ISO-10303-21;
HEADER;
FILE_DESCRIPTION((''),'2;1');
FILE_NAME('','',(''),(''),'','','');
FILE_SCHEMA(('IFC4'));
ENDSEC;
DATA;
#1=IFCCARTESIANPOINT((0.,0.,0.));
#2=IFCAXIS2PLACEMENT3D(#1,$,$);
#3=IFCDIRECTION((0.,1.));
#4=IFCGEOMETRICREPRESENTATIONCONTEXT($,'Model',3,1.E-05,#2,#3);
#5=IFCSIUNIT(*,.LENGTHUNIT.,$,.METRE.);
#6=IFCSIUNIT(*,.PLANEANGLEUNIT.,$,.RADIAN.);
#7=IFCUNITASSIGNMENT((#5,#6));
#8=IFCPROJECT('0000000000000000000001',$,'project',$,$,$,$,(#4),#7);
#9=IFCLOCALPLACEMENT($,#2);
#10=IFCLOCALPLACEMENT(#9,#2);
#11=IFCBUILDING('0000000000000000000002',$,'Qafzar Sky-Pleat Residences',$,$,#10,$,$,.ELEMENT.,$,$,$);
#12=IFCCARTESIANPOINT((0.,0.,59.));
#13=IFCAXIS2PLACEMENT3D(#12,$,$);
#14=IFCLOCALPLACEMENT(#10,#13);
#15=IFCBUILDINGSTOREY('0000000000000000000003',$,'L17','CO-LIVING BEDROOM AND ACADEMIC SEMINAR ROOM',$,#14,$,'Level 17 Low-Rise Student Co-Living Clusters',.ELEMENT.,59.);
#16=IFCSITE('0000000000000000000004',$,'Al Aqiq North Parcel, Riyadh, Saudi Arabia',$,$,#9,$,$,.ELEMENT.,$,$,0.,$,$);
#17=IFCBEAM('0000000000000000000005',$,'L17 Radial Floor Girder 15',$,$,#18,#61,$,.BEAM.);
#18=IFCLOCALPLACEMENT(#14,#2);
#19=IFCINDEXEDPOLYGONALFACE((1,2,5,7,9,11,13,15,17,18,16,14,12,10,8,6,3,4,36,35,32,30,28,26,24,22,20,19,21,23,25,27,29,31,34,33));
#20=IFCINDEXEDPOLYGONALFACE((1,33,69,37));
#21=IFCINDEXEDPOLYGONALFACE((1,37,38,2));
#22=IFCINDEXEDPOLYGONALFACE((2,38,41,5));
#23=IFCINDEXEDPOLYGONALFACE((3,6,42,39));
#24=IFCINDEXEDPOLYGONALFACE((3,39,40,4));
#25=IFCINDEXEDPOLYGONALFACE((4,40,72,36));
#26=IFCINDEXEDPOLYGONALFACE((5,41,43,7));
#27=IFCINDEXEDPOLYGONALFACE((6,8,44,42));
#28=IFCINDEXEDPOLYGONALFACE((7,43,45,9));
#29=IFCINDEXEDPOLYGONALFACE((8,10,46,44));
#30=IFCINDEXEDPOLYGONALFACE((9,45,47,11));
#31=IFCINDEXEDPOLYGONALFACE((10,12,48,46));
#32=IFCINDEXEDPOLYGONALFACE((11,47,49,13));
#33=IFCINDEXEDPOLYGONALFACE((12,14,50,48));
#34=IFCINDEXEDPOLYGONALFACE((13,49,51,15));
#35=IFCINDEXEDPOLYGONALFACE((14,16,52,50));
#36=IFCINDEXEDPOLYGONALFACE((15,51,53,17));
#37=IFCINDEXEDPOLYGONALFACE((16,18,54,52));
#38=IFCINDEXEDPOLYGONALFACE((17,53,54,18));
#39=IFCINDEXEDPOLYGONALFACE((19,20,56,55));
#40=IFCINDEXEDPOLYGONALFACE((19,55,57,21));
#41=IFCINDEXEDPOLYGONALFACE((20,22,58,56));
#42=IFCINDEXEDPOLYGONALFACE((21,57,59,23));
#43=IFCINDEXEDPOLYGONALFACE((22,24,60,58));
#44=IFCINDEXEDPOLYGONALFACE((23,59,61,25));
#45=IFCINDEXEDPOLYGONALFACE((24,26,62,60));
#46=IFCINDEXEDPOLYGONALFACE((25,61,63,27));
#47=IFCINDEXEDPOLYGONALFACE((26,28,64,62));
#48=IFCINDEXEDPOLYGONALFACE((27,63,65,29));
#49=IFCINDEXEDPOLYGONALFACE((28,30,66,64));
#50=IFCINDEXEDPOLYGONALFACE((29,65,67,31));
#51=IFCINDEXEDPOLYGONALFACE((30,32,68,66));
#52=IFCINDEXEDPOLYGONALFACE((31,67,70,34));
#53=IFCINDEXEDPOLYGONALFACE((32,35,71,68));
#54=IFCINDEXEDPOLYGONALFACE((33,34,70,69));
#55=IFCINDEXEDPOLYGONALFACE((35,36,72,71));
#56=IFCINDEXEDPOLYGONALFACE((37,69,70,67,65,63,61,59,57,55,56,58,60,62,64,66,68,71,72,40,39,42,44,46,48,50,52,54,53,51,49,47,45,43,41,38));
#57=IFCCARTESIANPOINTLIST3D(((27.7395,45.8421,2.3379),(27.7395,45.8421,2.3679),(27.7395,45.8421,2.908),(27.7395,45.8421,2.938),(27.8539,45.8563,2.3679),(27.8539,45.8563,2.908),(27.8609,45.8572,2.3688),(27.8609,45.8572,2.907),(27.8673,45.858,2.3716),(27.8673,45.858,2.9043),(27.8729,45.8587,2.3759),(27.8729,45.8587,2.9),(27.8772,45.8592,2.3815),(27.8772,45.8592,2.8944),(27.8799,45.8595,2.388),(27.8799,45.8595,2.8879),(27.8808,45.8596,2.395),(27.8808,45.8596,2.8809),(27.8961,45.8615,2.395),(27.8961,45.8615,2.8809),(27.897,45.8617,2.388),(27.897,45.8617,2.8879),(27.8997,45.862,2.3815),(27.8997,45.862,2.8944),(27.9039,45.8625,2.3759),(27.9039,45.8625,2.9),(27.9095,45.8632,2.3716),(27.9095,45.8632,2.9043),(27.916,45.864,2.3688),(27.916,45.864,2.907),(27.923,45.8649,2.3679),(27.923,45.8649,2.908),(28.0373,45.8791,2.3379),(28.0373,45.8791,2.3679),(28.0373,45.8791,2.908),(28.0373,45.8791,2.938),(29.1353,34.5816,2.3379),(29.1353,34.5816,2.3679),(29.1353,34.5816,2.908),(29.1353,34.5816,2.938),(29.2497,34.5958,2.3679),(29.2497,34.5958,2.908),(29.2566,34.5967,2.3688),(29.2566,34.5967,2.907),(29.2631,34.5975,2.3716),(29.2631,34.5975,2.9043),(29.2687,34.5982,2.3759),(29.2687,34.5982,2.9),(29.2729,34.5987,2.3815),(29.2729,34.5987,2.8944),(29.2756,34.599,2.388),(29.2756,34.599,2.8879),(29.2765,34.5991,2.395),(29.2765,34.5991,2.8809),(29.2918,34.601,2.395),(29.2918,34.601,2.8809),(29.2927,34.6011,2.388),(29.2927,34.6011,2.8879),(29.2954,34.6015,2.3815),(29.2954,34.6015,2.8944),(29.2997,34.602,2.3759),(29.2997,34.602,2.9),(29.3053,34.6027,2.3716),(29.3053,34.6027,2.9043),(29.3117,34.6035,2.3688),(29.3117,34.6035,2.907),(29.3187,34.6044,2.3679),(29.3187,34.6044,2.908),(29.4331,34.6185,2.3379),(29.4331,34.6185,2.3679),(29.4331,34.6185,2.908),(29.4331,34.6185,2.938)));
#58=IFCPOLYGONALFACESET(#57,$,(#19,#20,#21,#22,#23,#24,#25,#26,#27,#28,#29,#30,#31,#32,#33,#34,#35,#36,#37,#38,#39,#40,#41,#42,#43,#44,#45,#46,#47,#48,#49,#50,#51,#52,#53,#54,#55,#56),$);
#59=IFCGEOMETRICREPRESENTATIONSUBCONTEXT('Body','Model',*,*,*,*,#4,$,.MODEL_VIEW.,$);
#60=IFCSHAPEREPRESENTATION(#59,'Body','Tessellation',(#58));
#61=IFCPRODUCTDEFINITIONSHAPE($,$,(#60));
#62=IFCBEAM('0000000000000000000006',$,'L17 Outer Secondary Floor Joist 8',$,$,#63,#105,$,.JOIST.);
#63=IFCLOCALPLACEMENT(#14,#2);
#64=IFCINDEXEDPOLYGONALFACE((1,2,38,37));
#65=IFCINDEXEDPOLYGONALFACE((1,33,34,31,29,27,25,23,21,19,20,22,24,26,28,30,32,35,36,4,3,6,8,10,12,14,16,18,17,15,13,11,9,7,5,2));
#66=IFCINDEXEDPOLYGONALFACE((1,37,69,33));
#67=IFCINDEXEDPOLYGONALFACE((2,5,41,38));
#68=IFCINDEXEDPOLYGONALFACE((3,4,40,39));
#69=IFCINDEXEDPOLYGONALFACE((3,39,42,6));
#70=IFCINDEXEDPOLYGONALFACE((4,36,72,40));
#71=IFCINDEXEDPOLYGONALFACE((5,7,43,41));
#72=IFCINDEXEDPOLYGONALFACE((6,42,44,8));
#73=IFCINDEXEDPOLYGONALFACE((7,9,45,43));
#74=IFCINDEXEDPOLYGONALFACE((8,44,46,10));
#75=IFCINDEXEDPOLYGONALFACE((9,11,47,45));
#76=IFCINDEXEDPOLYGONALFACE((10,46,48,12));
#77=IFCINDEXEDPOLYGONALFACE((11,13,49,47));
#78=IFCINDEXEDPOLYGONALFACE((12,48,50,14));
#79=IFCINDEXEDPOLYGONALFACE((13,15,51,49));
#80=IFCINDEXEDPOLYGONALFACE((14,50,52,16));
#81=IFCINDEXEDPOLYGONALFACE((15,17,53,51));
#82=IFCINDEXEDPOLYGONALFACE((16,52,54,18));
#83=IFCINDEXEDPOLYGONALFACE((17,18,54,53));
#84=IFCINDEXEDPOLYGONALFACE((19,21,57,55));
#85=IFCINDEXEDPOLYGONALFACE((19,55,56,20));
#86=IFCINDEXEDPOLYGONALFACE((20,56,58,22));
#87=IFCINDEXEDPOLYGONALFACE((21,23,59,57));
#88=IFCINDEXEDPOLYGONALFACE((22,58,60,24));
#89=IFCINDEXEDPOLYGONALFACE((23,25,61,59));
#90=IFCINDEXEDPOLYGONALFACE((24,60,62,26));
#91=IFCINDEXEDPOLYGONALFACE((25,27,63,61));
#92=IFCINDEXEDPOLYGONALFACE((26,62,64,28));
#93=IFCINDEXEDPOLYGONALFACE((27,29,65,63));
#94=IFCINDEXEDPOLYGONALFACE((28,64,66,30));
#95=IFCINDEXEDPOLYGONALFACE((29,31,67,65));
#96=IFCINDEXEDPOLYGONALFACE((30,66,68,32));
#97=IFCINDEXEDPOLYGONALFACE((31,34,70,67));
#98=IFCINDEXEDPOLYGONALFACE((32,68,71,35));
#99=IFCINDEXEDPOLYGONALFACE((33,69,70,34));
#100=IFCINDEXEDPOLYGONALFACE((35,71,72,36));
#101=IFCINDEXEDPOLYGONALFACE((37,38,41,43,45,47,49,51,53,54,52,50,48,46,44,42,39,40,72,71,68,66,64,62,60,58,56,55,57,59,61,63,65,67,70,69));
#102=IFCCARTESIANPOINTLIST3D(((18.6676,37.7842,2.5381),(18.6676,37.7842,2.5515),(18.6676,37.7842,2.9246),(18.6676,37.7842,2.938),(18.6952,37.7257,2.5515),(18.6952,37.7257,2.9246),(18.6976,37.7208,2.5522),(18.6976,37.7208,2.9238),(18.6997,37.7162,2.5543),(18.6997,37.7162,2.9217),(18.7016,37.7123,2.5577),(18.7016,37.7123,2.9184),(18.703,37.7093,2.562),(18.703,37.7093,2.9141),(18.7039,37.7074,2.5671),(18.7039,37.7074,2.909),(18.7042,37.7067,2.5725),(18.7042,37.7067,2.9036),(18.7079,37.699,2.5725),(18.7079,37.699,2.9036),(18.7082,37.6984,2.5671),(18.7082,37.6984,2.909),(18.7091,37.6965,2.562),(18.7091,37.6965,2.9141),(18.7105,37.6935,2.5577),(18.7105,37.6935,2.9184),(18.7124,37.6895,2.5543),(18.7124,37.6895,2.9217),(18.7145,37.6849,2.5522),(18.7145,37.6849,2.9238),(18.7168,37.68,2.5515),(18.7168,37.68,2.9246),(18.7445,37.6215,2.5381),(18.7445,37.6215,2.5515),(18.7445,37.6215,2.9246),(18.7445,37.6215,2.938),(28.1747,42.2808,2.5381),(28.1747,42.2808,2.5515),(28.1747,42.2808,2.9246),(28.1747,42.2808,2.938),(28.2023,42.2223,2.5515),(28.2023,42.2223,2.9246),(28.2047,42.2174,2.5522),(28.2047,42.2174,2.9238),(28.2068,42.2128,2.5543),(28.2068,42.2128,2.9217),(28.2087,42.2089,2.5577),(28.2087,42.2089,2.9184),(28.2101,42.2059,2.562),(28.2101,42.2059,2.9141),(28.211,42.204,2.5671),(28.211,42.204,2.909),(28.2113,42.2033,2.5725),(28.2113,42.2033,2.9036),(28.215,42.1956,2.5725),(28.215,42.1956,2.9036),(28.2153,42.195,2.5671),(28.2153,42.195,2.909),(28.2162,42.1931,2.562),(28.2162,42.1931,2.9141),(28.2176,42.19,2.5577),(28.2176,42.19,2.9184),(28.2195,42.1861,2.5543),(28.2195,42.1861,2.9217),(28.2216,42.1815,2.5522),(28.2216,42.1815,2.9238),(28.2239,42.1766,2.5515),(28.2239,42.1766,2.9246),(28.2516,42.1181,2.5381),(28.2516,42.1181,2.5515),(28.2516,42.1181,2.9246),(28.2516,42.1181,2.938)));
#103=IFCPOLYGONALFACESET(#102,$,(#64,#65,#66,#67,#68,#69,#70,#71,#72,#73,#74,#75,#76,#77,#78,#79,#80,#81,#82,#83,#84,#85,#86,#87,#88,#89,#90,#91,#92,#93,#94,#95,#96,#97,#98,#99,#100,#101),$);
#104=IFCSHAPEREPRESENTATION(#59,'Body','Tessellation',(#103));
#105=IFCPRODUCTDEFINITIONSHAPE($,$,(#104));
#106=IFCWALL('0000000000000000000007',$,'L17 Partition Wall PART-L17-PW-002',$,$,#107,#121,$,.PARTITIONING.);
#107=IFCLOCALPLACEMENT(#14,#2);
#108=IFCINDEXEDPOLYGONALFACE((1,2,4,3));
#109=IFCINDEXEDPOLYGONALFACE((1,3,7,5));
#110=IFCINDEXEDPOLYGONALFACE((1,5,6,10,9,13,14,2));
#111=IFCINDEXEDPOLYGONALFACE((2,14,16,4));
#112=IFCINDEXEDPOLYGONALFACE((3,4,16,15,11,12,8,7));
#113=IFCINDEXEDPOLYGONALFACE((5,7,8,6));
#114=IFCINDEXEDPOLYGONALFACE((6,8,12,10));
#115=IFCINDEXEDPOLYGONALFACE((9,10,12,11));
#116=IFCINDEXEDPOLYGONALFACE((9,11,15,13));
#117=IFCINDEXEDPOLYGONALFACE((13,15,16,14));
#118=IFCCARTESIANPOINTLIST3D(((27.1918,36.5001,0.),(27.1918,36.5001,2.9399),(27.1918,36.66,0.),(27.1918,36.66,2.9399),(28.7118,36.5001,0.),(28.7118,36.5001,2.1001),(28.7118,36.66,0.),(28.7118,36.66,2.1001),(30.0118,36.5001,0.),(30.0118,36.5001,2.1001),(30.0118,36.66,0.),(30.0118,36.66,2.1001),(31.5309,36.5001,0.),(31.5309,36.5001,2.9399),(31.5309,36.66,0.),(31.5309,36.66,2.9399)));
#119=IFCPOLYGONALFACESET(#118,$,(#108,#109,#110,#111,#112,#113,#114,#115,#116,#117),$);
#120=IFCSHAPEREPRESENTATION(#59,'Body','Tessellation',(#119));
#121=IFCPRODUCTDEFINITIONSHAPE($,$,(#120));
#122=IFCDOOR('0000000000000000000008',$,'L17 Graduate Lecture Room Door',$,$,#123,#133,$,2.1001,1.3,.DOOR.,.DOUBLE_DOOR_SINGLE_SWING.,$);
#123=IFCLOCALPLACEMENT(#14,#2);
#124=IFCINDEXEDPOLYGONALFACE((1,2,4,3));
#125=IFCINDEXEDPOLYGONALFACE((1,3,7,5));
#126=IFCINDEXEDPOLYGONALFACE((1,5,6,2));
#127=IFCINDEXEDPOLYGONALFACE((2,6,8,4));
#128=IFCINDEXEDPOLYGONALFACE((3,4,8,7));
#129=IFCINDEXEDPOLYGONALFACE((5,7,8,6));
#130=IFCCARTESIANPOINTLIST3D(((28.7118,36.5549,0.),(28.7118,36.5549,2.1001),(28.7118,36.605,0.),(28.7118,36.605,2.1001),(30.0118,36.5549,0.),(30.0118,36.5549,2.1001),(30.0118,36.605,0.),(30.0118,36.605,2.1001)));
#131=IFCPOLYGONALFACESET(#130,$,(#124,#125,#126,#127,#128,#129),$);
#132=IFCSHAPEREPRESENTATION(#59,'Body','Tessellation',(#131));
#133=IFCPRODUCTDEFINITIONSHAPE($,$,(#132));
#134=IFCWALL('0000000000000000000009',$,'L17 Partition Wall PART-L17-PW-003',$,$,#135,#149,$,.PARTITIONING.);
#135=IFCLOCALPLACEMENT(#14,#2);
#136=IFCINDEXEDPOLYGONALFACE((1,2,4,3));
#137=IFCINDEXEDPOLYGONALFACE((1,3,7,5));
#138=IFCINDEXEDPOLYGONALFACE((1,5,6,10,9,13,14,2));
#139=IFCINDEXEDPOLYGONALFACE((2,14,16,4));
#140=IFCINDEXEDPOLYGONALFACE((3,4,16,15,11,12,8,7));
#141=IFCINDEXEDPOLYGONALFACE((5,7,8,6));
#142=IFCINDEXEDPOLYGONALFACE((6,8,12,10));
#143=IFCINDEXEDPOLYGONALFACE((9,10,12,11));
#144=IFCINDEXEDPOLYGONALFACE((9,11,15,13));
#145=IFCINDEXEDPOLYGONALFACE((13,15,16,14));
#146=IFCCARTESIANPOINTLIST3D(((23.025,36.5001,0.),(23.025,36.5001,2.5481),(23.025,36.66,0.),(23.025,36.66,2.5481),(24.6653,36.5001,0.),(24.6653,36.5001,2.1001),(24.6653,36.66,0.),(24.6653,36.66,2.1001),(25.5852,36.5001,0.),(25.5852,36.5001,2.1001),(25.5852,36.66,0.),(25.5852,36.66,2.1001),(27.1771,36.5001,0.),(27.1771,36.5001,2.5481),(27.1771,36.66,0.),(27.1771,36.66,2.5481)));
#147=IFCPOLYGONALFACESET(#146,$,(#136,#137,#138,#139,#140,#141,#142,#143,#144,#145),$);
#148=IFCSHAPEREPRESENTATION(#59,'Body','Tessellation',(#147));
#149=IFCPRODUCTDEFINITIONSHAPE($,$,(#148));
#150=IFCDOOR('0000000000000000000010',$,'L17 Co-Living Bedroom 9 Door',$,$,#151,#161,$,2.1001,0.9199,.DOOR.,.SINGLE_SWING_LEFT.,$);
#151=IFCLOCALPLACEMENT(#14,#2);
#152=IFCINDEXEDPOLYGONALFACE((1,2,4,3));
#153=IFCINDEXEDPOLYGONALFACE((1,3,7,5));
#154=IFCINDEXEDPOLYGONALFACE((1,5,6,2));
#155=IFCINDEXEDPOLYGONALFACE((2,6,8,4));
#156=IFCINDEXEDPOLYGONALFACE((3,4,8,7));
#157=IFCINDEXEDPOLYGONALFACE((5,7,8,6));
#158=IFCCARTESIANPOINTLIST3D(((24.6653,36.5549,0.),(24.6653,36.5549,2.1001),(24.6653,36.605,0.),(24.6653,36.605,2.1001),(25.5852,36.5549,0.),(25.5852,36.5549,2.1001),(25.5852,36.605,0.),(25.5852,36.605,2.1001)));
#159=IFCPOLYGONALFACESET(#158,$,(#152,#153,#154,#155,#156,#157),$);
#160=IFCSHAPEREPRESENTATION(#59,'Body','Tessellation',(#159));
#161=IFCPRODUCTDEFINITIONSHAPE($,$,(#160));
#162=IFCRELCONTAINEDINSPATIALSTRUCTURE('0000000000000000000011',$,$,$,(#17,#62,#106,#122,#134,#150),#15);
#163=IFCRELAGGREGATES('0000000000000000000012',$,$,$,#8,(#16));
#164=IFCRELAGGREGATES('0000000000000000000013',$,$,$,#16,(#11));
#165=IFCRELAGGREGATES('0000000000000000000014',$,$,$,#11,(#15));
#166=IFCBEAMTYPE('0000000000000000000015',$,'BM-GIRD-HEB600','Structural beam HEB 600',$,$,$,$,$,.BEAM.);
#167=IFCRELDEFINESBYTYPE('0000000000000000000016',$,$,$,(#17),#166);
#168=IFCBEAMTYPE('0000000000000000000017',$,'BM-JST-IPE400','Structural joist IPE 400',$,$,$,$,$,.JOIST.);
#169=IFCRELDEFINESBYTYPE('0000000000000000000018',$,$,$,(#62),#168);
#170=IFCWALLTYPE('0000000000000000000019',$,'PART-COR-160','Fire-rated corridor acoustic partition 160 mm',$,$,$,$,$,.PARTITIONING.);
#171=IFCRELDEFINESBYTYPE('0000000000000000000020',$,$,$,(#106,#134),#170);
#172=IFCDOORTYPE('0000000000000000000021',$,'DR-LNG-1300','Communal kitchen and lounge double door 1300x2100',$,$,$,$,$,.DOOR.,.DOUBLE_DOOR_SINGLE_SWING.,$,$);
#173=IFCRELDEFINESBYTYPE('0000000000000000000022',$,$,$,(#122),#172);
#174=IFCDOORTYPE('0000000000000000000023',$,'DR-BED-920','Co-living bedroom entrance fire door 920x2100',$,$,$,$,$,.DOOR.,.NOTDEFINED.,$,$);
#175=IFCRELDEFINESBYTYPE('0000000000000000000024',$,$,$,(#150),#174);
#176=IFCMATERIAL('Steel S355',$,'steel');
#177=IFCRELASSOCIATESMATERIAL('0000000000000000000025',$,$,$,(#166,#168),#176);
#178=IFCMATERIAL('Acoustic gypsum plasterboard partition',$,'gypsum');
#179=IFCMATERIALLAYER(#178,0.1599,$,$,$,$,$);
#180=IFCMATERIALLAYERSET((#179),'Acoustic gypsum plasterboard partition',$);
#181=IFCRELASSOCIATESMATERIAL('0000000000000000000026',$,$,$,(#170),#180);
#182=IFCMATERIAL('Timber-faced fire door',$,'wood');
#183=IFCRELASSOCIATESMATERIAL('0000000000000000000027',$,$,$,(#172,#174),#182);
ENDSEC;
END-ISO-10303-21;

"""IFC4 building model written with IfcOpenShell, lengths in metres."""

from ifc_helpers import new_model, si_unit, direction, frame, frame_2d, origin, origin_2d, place, context, subcontext, project, spatial, rectangle, i_section, extrude, source, transform, mapped, material, layer, layer_set, material_profile, profile_set, type_object, element, fill, save


model = new_model("IFC4")

# Units and contexts
model_context = context("Model", 3, precision=1e-05, world=origin(), true_north=direction((0.0, 1.0)))
body_context = subcontext(model_context, "Body", "Model", "MODEL_VIEW")
ifc_project = project(units=[si_unit("LENGTHUNIT", "METRE"), si_unit("PLANEANGLEUNIT", "RADIAN")], contexts=[model_context])

# Site, building, storey
site_placement = place(None, origin())
site = spatial("IfcSite", under=ifc_project, at=site_placement, Name="Al Aqiq North Parcel, Riyadh, Saudi Arabia", CompositionType="ELEMENT", RefElevation=0.0)
building_placement = place(site_placement, origin())
building = spatial("IfcBuilding", under=site, at=building_placement, Name="Qafzar Sky-Pleat Residences", CompositionType="ELEMENT")
storey_placement = place(building_placement, frame((0.0, 0.0, 59.0)))
storey = spatial("IfcBuildingStorey", under=building, at=storey_placement, Name="L17", Description="CO-LIVING BEDROOM AND ACADEMIC SEMINAR ROOM", LongName="Level 17 Low-Rise Student Co-Living Clusters", CompositionType="ELEMENT", Elevation=59.0)

# Beams
ifc_material_1 = material(Name="Steel S355", Category="steel")
ifc_material_profile_1 = material_profile(ifc_material_1, i_section(OverallWidth=0.3, OverallDepth=0.6001, WebThickness=0.0154, FlangeThickness=0.03, FilletRadius=0.0271, at=origin_2d()), Name="HEB 600")
ifc_profile_set_1 = profile_set([ifc_material_profile_1], Name="Steel S355")
beam_type_1 = type_object("IfcBeamType", Name="BM-GIRD-HEB600", Description="Structural beam HEB 600", PredefinedType="BEAM", material=ifc_profile_set_1)
shared_shape_1 = source(origin(), body_context, "Body", "SweptSolid", [
    extrude(i_section(OverallWidth=0.3, OverallDepth=0.6001, WebThickness=0.0154, FlangeThickness=0.03, FilletRadius=0.0271, at=origin_2d()), origin(), (0.0, 0.0, 1.0), 11.3467),
])
beam_1_placement = place(storey_placement, frame((27.8884, 45.8606, 2.6379), z_axis=(0.12301, -0.992405, 0.0), x_axis=(0.992405, 0.12301, 0.0)))
element("IfcBeam", 1, at=beam_1_placement, inside=storey, type_object=beam_type_1, Name="L17 Radial Floor Girder 15", PredefinedType="BEAM", context=body_context, shape_type="MappedRepresentation", body=[
    mapped(shared_shape_1, transform((0.0, 0.0, 0.0), x_axis=(1.0, 0.0, 0.0), y_axis=(0.0, 1.0, 0.0), z_axis=(0.0, 0.0, 1.0), scale=1.0)),
])
ifc_material_profile_2 = material_profile(ifc_material_1, i_section(OverallWidth=0.1799, OverallDepth=0.3999, WebThickness=0.0085, FlangeThickness=0.0134, FilletRadius=0.021, at=origin_2d()), Name="IPE 400")
ifc_profile_set_2 = profile_set([ifc_material_profile_2], Name="Steel S355")
beam_type_2 = type_object("IfcBeamType", Name="BM-JST-IPE400", Description="Structural joist IPE 400", PredefinedType="JOIST", material=ifc_profile_set_2)
shared_shape_2 = source(origin(), body_context, "Body", "SweptSolid", [
    extrude(i_section(OverallWidth=0.1799, OverallDepth=0.3999, WebThickness=0.0085, FlangeThickness=0.0134, FilletRadius=0.021, at=origin_2d()), origin(), (0.0, 0.0, 1.0), 10.5168),
])
beam_2_placement = place(storey_placement, frame((28.2131, 42.1995, 2.738), z_axis=(-0.903987, -0.42756, 0.0), x_axis=(0.42756, -0.903987, 0.0)))
element("IfcBeam", 2, at=beam_2_placement, inside=storey, type_object=beam_type_2, Name="L17 Outer Secondary Floor Joist 8", PredefinedType="JOIST", context=body_context, shape_type="MappedRepresentation", body=[
    mapped(shared_shape_2, transform((0.0, 0.0, 0.0), x_axis=(1.0, 0.0, 0.0), y_axis=(0.0, 1.0, 0.0), z_axis=(0.0, 0.0, 1.0), scale=1.0)),
])

# Walls, openings, doors
ifc_material_2 = material(Name="Acoustic gypsum plasterboard partition", Category="gypsum")
ifc_layer_1 = layer(ifc_material_2, 0.1599)
ifc_layer_set_1 = layer_set([ifc_layer_1], Name="Acoustic gypsum plasterboard partition")
wall_type_1 = type_object("IfcWallType", Name="PART-COR-160", Description="Fire-rated corridor acoustic partition 160 mm", PredefinedType="PARTITIONING", material=ifc_layer_set_1)
wall_1_placement = place(storey_placement, frame((27.1919, 36.5801, 0.0), z_axis=(0.0, 0.0, 1.0), x_axis=(1.0, 0.0, 0.0)))
wall_1 = element("IfcWall", 3, at=wall_1_placement, inside=storey, type_object=wall_type_1, Name="L17 Partition Wall PART-L17-PW-002", PredefinedType="PARTITIONING", context=body_context, shape_type="SweptSolid", body=[
    extrude(rectangle(XDim=4.3391, YDim=0.1599, at=frame_2d((2.1694, 0.0))), origin(), (0.0, 0.0, 1.0), 2.9399),
])
opening_1_placement = place(wall_1_placement, frame((1.52, 0.0, 0.0)))
opening_1 = element("IfcOpeningElement", 4, at=opening_1_placement, cuts=wall_1, PredefinedType="OPENING", context=body_context, shape_type="SweptSolid", body=[
    extrude(rectangle(XDim=1.3, YDim=2.1001, at=frame_2d((0.6499, 1.05))), frame((0.0, 0.0898, 0.0), z_axis=(0.0, -1.0, 0.0), x_axis=(1.0, 0.0, 0.0)), (0.0, 0.0, 1.0), 0.1799),
])
ifc_material_3 = material(Name="Timber-faced fire door", Category="wood")
door_type_1 = type_object("IfcDoorType", Name="DR-LNG-1300", Description="Communal kitchen and lounge double door 1300x2100", OperationType="DOUBLE_DOOR_SINGLE_SWING", PredefinedType="DOOR", material=ifc_material_3)
shared_shape_3 = source(origin(), body_context, "Body", "SweptSolid", [
    extrude(rectangle(XDim=1.3, YDim=2.1001, at=frame_2d((0.6499, 1.05))), frame((0.0, 0.0249, 0.0), z_axis=(0.0, -1.0, 0.0), x_axis=(1.0, 0.0, 0.0)), (0.0, 0.0, 1.0), 0.05),
])
door_1_placement = place(opening_1_placement, origin())
door_1 = element("IfcDoor", 5, at=door_1_placement, inside=storey, type_object=door_type_1, Name="L17 Graduate Lecture Room Door", OperationType="DOUBLE_DOOR_SINGLE_SWING", OverallHeight=2.1001, OverallWidth=1.3, PredefinedType="DOOR", context=body_context, shape_type="MappedRepresentation", body=[
    mapped(shared_shape_3, transform((0.0, 0.0, 0.0), x_axis=(1.0, 0.0, 0.0), y_axis=(0.0, 1.0, 0.0), z_axis=(0.0, 0.0, 1.0), scale=1.0)),
])
fill(opening_1, door_1)
wall_2_placement = place(storey_placement, frame((23.0249, 36.5801, 0.0), z_axis=(0.0, 0.0, 1.0), x_axis=(1.0, 0.0, 0.0)))
wall_2 = element("IfcWall", 6, at=wall_2_placement, inside=storey, type_object=wall_type_1, Name="L17 Partition Wall PART-L17-PW-003", PredefinedType="PARTITIONING", context=body_context, shape_type="SweptSolid", body=[
    extrude(rectangle(XDim=4.1521, YDim=0.1599, at=frame_2d((2.0762, 0.0))), origin(), (0.0, 0.0, 1.0), 2.5481),
])
opening_2_placement = place(wall_2_placement, frame((1.6404, 0.0, 0.0)))
opening_2 = element("IfcOpeningElement", 7, at=opening_2_placement, cuts=wall_2, PredefinedType="OPENING", context=body_context, shape_type="SweptSolid", body=[
    extrude(rectangle(XDim=0.9199, YDim=2.1001, at=frame_2d((0.46, 1.05))), frame((0.0, 0.0898, 0.0), z_axis=(0.0, -1.0, 0.0), x_axis=(1.0, 0.0, 0.0)), (0.0, 0.0, 1.0), 0.1799),
])
door_type_2 = type_object("IfcDoorType", Name="DR-BED-920", Description="Co-living bedroom entrance fire door 920x2100", OperationType="NOTDEFINED", PredefinedType="DOOR", material=ifc_material_3)
shared_shape_4 = source(origin(), body_context, "Body", "SweptSolid", [
    extrude(rectangle(XDim=0.9199, YDim=2.1001, at=frame_2d((0.46, 1.05))), frame((0.0, 0.0249, 0.0), z_axis=(0.0, -1.0, 0.0), x_axis=(1.0, 0.0, 0.0)), (0.0, 0.0, 1.0), 0.05),
])
door_2_placement = place(opening_2_placement, origin())
door_2 = element("IfcDoor", 8, at=door_2_placement, inside=storey, type_object=door_type_2, Name="L17 Co-Living Bedroom 9 Door", OperationType="SINGLE_SWING_LEFT", OverallHeight=2.1001, OverallWidth=0.9199, PredefinedType="DOOR", context=body_context, shape_type="MappedRepresentation", body=[
    mapped(shared_shape_4, transform((0.0, 0.0, 0.0), x_axis=(1.0, 0.0, 0.0), y_axis=(0.0, 1.0, 0.0), z_axis=(0.0, 0.0, 1.0), scale=1.0)),
])
fill(opening_2, door_2)

save(model, "model.ifc")
